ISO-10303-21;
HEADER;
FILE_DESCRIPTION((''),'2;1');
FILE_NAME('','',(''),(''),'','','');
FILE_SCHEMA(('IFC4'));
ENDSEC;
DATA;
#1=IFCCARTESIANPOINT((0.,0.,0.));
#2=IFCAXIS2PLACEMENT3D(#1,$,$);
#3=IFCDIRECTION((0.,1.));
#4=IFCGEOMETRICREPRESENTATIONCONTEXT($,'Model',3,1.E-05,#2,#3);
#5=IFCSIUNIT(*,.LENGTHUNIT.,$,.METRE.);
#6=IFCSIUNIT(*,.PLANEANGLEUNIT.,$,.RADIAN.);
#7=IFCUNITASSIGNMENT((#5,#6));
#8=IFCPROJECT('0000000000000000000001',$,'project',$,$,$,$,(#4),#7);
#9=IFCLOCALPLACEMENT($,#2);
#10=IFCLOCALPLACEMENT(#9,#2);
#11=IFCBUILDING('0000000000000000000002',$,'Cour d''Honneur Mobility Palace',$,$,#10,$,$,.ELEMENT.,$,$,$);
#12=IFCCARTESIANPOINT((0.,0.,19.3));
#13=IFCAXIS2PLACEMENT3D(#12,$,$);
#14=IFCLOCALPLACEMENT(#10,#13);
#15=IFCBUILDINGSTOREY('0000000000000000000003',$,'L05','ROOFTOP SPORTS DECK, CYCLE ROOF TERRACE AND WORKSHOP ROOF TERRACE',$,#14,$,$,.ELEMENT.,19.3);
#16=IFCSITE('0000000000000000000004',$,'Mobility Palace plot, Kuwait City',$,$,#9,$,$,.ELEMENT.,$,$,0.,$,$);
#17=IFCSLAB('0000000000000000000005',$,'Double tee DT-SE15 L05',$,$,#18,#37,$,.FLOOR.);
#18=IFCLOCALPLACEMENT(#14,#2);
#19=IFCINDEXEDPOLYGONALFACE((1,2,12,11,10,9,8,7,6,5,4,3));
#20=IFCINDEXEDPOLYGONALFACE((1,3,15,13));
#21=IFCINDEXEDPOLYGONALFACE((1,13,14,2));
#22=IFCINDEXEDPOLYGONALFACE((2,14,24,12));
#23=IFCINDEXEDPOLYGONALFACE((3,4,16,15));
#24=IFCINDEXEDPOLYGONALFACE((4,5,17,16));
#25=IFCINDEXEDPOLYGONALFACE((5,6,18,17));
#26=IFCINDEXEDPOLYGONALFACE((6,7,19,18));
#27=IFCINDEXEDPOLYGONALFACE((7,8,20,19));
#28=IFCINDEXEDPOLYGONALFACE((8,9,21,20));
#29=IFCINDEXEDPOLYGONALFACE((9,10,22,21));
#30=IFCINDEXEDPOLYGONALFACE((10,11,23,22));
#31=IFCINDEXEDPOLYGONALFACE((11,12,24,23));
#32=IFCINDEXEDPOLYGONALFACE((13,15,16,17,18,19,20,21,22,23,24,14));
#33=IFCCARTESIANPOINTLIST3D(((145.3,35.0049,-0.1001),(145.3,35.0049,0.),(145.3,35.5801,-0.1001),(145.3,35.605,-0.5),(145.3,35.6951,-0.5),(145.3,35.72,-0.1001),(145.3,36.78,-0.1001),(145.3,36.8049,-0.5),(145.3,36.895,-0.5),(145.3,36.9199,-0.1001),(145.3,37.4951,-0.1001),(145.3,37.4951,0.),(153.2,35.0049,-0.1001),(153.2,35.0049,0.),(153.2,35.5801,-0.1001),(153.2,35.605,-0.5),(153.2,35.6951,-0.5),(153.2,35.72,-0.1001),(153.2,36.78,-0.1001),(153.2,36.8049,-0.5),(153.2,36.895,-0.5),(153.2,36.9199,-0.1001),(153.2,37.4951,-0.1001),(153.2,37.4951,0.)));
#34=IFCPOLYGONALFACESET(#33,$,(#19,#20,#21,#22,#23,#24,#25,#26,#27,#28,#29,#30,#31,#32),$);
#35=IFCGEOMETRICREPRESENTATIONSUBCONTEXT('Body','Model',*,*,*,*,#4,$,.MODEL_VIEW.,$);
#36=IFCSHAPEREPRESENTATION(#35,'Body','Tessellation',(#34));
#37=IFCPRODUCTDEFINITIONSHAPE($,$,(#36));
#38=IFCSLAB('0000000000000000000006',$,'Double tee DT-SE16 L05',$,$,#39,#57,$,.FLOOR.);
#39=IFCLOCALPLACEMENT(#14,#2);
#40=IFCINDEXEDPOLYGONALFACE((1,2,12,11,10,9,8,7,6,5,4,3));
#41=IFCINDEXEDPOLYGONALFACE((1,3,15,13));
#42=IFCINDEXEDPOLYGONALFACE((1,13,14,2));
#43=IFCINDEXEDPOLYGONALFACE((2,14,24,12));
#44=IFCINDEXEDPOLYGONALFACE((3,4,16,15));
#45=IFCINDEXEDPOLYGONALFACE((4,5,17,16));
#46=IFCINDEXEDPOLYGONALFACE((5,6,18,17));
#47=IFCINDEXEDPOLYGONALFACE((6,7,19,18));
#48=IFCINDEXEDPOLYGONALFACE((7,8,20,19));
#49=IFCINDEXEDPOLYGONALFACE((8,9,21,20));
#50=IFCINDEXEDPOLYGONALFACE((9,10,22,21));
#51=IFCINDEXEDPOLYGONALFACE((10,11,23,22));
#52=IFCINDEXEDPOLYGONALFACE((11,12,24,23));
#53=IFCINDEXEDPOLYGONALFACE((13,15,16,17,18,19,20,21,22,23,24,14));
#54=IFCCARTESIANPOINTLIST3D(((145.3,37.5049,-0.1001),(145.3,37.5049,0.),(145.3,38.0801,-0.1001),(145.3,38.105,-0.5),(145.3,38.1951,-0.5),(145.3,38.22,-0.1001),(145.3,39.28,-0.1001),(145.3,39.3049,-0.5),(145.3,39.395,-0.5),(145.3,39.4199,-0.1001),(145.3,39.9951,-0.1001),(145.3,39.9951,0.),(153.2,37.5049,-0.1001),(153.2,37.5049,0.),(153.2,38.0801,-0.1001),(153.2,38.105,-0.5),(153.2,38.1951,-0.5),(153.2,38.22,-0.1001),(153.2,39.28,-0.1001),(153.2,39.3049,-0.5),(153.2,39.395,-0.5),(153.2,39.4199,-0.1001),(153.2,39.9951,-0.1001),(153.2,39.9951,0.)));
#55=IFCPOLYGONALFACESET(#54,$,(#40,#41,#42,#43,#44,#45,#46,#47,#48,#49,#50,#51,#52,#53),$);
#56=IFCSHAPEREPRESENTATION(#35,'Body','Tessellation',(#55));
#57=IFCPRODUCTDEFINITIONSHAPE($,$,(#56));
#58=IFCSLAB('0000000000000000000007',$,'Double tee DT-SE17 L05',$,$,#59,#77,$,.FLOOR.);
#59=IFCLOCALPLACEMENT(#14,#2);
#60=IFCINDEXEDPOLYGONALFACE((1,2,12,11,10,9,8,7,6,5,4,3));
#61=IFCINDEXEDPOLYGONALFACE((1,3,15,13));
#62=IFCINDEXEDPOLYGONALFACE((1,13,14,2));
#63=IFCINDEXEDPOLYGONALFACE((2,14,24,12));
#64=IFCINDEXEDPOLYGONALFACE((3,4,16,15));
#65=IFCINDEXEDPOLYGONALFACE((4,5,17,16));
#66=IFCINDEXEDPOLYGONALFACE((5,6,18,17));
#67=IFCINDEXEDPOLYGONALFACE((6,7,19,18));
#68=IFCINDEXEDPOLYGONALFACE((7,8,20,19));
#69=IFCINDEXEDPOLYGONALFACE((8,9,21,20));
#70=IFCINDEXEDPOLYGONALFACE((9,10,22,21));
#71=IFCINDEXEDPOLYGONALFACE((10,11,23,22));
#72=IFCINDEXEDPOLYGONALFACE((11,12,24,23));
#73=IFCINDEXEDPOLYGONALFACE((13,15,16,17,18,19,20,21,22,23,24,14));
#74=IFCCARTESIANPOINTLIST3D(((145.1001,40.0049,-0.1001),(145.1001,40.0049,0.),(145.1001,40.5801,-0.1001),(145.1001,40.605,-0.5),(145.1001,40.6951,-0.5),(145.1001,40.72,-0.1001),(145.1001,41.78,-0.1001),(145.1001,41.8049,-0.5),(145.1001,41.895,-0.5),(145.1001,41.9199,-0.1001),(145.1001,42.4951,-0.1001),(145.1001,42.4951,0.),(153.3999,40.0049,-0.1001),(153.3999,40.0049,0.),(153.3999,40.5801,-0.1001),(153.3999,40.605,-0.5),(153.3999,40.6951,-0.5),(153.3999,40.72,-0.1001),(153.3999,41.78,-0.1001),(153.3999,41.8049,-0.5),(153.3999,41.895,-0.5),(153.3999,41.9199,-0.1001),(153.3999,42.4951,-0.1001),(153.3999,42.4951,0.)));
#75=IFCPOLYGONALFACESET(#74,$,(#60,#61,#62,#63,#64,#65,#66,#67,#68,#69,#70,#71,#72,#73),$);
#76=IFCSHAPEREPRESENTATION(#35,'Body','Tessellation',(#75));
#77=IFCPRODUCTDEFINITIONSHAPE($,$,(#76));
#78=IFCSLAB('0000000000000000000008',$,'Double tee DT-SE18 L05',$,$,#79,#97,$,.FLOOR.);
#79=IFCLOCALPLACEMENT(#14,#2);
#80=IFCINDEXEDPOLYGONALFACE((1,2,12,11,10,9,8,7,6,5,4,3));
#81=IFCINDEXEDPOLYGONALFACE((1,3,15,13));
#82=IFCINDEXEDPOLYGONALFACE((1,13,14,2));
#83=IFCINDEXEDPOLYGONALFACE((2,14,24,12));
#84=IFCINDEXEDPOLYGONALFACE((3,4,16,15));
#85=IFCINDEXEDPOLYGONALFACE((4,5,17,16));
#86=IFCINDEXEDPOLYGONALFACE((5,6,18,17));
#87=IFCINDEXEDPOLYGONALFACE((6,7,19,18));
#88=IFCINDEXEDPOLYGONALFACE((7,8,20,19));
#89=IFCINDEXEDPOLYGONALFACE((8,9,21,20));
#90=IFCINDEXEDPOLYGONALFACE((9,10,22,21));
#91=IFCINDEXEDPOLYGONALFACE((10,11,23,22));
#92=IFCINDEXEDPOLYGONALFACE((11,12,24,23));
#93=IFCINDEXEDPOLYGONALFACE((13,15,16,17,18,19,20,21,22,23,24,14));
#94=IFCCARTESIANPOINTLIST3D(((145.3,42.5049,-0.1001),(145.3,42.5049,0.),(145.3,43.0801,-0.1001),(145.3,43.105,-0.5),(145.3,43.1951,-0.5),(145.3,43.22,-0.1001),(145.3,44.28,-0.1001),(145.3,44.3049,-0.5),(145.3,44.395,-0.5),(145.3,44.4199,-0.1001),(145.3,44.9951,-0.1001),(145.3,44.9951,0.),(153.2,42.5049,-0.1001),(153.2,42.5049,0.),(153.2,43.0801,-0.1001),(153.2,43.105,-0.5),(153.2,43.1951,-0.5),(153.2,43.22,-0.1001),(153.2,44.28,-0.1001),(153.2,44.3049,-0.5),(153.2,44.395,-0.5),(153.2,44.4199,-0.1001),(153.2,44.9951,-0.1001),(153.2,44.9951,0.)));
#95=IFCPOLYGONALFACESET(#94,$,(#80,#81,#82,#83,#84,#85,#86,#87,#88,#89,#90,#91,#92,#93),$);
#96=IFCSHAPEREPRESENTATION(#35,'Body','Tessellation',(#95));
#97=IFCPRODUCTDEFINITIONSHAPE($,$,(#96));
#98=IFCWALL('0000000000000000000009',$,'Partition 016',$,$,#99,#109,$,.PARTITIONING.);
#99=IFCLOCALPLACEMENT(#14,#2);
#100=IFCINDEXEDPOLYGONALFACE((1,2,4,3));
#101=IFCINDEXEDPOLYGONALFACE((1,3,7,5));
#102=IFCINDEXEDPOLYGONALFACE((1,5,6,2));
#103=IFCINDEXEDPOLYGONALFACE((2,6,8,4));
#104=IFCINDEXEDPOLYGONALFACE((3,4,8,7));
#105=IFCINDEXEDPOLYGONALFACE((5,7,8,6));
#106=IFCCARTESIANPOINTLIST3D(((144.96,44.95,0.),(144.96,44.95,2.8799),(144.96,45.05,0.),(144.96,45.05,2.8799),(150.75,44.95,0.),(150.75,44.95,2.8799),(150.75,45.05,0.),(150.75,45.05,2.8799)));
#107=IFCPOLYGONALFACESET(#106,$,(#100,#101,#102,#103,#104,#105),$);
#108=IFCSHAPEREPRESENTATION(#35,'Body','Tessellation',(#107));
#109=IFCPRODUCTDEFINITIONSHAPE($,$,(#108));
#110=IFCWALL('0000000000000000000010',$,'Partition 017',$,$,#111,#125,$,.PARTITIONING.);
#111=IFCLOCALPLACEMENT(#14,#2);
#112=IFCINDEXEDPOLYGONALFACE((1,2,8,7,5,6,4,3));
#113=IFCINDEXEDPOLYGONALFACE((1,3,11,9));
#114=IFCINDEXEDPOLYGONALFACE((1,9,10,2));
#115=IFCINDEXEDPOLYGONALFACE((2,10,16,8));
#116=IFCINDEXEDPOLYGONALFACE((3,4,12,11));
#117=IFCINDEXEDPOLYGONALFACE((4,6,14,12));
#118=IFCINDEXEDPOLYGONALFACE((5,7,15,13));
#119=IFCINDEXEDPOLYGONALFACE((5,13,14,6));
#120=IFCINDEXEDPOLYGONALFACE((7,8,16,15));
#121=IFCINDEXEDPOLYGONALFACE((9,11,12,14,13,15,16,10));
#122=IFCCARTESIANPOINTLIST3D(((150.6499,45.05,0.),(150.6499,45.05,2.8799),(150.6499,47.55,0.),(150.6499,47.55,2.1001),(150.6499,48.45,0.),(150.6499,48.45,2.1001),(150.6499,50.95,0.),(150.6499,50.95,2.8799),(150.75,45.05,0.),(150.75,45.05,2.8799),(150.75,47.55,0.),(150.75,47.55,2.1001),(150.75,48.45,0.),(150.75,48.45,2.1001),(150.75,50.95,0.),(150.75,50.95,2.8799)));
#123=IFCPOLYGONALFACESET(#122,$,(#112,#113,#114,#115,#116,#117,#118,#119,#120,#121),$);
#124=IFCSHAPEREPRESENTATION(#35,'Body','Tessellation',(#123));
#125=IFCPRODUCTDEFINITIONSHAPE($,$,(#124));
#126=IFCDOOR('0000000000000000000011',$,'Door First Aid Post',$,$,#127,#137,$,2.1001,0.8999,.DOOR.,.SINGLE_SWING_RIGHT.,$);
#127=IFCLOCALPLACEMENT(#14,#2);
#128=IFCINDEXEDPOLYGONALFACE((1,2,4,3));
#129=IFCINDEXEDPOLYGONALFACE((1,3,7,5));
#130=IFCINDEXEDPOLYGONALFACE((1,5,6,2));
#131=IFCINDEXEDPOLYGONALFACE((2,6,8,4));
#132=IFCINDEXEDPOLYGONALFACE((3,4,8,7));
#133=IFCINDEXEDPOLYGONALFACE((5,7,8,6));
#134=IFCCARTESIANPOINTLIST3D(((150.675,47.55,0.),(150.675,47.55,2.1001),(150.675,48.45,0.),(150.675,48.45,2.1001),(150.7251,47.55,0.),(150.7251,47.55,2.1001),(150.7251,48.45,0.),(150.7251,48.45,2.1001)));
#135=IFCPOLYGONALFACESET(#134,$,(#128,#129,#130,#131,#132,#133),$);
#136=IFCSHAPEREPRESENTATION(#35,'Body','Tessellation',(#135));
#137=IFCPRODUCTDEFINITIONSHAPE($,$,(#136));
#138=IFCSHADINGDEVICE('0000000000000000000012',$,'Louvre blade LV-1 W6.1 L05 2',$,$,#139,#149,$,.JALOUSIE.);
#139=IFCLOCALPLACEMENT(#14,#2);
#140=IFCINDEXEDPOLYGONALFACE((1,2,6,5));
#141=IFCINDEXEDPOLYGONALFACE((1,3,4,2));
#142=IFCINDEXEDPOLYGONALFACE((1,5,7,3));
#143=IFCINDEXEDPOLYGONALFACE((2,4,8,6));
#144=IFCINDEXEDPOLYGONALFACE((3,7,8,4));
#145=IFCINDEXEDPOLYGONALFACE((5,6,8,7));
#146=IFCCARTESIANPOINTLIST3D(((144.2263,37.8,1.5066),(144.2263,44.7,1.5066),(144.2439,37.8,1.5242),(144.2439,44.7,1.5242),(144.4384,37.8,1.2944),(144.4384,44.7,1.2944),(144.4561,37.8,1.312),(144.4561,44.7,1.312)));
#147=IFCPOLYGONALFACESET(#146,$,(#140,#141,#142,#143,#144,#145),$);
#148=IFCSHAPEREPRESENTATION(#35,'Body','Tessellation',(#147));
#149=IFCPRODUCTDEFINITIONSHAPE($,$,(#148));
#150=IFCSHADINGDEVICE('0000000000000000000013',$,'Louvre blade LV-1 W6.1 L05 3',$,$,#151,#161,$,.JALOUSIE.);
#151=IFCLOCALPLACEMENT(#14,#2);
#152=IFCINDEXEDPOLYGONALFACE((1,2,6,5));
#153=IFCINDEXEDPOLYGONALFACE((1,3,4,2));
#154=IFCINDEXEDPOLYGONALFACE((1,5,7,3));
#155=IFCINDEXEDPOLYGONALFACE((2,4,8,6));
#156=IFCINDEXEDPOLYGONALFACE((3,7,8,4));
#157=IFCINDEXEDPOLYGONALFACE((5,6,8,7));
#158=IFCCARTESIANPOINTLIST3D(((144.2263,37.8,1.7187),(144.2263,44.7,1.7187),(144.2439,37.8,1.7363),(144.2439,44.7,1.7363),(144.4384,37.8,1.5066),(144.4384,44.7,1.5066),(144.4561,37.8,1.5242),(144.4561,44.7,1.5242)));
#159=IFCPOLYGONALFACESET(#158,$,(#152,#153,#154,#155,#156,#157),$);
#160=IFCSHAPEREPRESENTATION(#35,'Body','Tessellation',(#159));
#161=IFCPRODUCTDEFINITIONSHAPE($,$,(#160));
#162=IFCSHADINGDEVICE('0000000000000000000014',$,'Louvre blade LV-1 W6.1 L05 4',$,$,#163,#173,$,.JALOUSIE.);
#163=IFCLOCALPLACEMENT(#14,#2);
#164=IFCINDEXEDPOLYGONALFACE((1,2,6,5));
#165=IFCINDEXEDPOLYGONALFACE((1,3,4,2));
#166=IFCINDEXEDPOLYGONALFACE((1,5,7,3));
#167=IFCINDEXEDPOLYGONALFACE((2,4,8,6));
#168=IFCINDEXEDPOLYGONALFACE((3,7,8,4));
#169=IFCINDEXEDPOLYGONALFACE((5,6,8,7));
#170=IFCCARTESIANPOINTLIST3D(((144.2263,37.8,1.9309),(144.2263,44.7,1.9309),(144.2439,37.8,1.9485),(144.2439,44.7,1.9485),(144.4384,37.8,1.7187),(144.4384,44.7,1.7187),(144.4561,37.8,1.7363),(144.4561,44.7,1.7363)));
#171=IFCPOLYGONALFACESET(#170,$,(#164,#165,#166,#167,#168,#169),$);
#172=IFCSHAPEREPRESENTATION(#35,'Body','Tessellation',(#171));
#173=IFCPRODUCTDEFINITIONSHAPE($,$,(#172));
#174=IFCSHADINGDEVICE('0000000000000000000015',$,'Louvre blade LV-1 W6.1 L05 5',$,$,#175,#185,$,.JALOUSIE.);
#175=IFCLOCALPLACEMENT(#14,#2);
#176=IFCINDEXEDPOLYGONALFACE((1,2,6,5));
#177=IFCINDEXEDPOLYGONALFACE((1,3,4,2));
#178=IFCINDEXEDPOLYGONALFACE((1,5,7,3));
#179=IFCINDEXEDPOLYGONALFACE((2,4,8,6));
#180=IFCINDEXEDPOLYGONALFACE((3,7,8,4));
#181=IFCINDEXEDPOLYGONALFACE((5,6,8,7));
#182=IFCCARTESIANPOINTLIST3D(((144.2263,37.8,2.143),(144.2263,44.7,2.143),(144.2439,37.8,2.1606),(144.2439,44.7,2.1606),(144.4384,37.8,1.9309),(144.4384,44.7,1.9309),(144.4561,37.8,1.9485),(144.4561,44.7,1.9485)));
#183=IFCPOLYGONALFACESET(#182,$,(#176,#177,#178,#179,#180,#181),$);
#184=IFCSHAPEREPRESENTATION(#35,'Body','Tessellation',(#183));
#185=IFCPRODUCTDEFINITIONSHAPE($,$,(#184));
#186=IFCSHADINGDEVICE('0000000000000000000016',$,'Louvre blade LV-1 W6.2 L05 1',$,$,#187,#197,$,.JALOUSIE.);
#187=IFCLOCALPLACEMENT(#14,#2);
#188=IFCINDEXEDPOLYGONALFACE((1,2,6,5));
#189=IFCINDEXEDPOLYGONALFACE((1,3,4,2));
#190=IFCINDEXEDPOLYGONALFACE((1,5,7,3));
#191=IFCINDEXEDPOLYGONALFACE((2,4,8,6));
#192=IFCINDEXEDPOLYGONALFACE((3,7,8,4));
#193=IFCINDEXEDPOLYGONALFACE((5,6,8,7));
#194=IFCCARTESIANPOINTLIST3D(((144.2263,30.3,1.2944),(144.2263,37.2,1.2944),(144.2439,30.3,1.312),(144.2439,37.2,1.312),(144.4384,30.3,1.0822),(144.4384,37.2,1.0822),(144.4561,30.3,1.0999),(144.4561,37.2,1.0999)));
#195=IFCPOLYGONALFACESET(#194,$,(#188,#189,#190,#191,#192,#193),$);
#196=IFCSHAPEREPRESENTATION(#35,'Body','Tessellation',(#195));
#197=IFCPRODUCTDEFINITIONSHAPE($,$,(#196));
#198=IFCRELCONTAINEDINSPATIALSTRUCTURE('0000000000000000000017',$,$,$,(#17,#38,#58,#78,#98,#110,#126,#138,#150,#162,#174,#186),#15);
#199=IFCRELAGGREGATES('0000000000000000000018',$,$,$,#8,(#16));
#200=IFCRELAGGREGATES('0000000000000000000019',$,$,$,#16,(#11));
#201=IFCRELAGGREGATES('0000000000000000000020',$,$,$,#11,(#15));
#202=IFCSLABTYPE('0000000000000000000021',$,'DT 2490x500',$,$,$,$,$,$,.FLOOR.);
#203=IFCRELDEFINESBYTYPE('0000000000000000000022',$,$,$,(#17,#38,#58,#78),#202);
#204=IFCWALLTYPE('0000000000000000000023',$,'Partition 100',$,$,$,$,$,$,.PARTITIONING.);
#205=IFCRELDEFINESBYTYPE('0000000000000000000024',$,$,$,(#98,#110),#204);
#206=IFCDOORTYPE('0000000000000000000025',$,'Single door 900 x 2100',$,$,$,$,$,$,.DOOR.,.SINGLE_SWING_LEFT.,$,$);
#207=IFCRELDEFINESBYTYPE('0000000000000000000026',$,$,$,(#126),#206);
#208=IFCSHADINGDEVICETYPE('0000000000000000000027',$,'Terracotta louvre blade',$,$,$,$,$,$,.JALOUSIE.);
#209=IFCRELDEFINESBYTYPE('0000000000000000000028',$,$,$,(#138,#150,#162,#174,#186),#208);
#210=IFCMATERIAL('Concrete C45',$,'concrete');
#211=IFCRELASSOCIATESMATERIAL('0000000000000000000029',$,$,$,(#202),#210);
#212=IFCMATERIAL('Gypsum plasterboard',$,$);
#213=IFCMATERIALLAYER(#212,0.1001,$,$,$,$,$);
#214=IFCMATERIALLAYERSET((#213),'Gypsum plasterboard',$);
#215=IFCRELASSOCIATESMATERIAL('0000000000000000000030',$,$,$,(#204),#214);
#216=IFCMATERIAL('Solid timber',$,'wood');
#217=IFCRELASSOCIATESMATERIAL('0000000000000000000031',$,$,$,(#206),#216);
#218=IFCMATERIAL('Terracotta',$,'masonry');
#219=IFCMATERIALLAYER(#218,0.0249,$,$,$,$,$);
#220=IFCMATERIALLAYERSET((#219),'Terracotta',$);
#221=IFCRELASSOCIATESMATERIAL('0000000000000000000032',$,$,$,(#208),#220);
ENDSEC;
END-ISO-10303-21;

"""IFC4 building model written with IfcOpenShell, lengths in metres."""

from ifc_helpers import new_model, si_unit, direction, frame, frame_2d, origin, place, context, subcontext, project, spatial, polyline, rectangle, outline, extrude, material, layer, layer_set, material_profile, profile_set, type_object, element, fill, save


model = new_model("IFC4")

# Units and contexts
model_context = context("Model", 3, precision=1e-05, world=origin(), true_north=direction((0.0, 1.0)))
body_context = subcontext(model_context, "Body", "Model", "MODEL_VIEW")
ifc_project = project(units=[si_unit("LENGTHUNIT", "METRE"), si_unit("PLANEANGLEUNIT", "RADIAN")], contexts=[model_context])

# Site, building, storey
site_placement = place(None, origin())
site = spatial("IfcSite", under=ifc_project, at=site_placement, Name="Mobility Palace plot, Kuwait City", CompositionType="ELEMENT", RefElevation=0.0)
building_placement = place(site_placement, origin())
building = spatial("IfcBuilding", under=site, at=building_placement, Name="Cour d'Honneur Mobility Palace", CompositionType="ELEMENT")
storey_placement = place(building_placement, frame((0.0, 0.0, 19.3)))
storey = spatial("IfcBuildingStorey", under=building, at=storey_placement, Name="L05", Description="ROOFTOP SPORTS DECK, CYCLE ROOF TERRACE AND WORKSHOP ROOF TERRACE", CompositionType="ELEMENT", Elevation=19.3)

# Slabs
ifc_material_1 = material(Name="Concrete C45", Category="concrete")
ifc_material_profile_1 = material_profile(ifc_material_1, outline(polyline([(-1.2451, 0.0), (1.2451, 0.0), (1.2451, -0.1001), (0.6699, -0.1001), (0.645, -0.5), (0.5549, -0.5), (0.53, -0.1001), (-0.53, -0.1001), (-0.5549, -0.5), (-0.645, -0.5), (-0.6699, -0.1001), (-1.2451, -0.1001), (-1.2451, 0.0)])), Name="DT 2490x500")
ifc_profile_set_1 = profile_set([ifc_material_profile_1], Name="Concrete C45")
slab_type = type_object("IfcSlabType", Name="DT 2490x500", PredefinedType="FLOOR", material=ifc_profile_set_1)
for number, where, z_axis, x_axis, name in (
    (1, (145.3, 36.25, 0.0), (1.0, 0.0, 0.0), (0.0, 1.0, 0.0), "Double tee DT-SE15 L05"),
    (2, (145.3, 38.75, 0.0), (1.0, 0.0, 0.0), (0.0, 1.0, 0.0), "Double tee DT-SE16 L05"),
):
    element("IfcSlab", number, at=place(storey_placement, frame(where, z_axis=z_axis, x_axis=x_axis)), inside=storey, type_object=slab_type, Name=name, PredefinedType="FLOOR", context=body_context, shape_type="SweptSolid", body=[
        extrude(outline(polyline([(-1.2451, 0.0), (1.2451, 0.0), (1.2451, -0.1001), (0.6699, -0.1001), (0.645, -0.5), (0.5549, -0.5), (0.53, -0.1001), (-0.53, -0.1001), (-0.5549, -0.5), (-0.645, -0.5), (-0.6699, -0.1001), (-1.2451, -0.1001), (-1.2451, 0.0)])), origin(), (0.0, 0.0, 1.0), 7.8999),
    ])
slab_1_placement = place(storey_placement, frame((145.1001, 41.25, 0.0), z_axis=(1.0, 0.0, 0.0), x_axis=(0.0, 1.0, 0.0)))
element("IfcSlab", 3, at=slab_1_placement, inside=storey, type_object=slab_type, Name="Double tee DT-SE17 L05", PredefinedType="FLOOR", context=body_context, shape_type="SweptSolid", body=[
    extrude(outline(polyline([(-1.2451, 0.0), (1.2451, 0.0), (1.2451, -0.1001), (0.6699, -0.1001), (0.645, -0.5), (0.5549, -0.5), (0.53, -0.1001), (-0.53, -0.1001), (-0.5549, -0.5), (-0.645, -0.5), (-0.6699, -0.1001), (-1.2451, -0.1001), (-1.2451, 0.0)])), origin(), (0.0, 0.0, 1.0), 8.2998),
])
slab_2_placement = place(storey_placement, frame((145.3, 43.75, 0.0), z_axis=(1.0, 0.0, 0.0), x_axis=(0.0, 1.0, 0.0)))
element("IfcSlab", 4, at=slab_2_placement, inside=storey, type_object=slab_type, Name="Double tee DT-SE18 L05", PredefinedType="FLOOR", context=body_context, shape_type="SweptSolid", body=[
    extrude(outline(polyline([(-1.2451, 0.0), (1.2451, 0.0), (1.2451, -0.1001), (0.6699, -0.1001), (0.645, -0.5), (0.5549, -0.5), (0.53, -0.1001), (-0.53, -0.1001), (-0.5549, -0.5), (-0.645, -0.5), (-0.6699, -0.1001), (-1.2451, -0.1001), (-1.2451, 0.0)])), origin(), (0.0, 0.0, 1.0), 7.8999),
])

# Wall
ifc_material_2 = material(Name="Gypsum plasterboard")
ifc_layer_1 = layer(ifc_material_2, 0.1001)
ifc_layer_set_1 = layer_set([ifc_layer_1], Name="Gypsum plasterboard")
wall_type = type_object("IfcWallType", Name="Partition 100", PredefinedType="PARTITIONING", material=ifc_layer_set_1)
wall_1_placement = place(storey_placement, frame((144.96, 45.0, 0.0), z_axis=(0.0, 0.0, 1.0), x_axis=(1.0, 0.0, 0.0)))
element("IfcWall", 5, at=wall_1_placement, inside=storey, type_object=wall_type, Name="Partition 016", PredefinedType="PARTITIONING", context=body_context, shape_type="SweptSolid", body=[
    extrude(rectangle(XDim=5.79, YDim=0.1001, at=frame_2d((2.895, 0.0))), origin(), (0.0, 0.0, 1.0), 2.8799),
])

# Wall, opening, door
wall_2_placement = place(storey_placement, frame((150.7, 45.05, 0.0), z_axis=(0.0, 0.0, 1.0), x_axis=(0.0, 1.0, 0.0)))
wall_2 = element("IfcWall", 6, at=wall_2_placement, inside=storey, type_object=wall_type, Name="Partition 017", PredefinedType="PARTITIONING", context=body_context, shape_type="SweptSolid", body=[
    extrude(rectangle(XDim=5.8999, YDim=0.1001, at=frame_2d((2.95, 0.0))), origin(), (0.0, 0.0, 1.0), 2.8799),
])
opening_placement = place(wall_2_placement, frame((2.5, 0.0, 0.0)))
opening = element("IfcOpeningElement", 7, at=opening_placement, cuts=wall_2, PredefinedType="OPENING", context=body_context, shape_type="SweptSolid", body=[
    extrude(rectangle(XDim=0.8999, YDim=2.1001, at=frame_2d((0.45, 1.05))), frame((0.0, 0.0601, 0.0), z_axis=(0.0, -1.0, 0.0), x_axis=(1.0, 0.0, 0.0)), (0.0, 0.0, 1.0), 0.1201),
])
ifc_material_3 = material(Name="Solid timber", Category="wood")
door_type = type_object("IfcDoorType", Name="Single door 900 x 2100", OperationType="SINGLE_SWING_LEFT", PredefinedType="DOOR", material=ifc_material_3)
door_placement = place(opening_placement, origin())
door = element("IfcDoor", 8, at=door_placement, inside=storey, type_object=door_type, Name="Door First Aid Post", OperationType="SINGLE_SWING_RIGHT", OverallHeight=2.1001, OverallWidth=0.8999, PredefinedType="DOOR", context=body_context, shape_type="SweptSolid", body=[
    extrude(rectangle(XDim=0.8999, YDim=2.1001, at=frame_2d((0.45, 1.05))), frame((0.0, 0.0249, 0.0), z_axis=(0.0, -1.0, 0.0), x_axis=(1.0, 0.0, 0.0)), (0.0, 0.0, 1.0), 0.05),
])
fill(opening, door)

# Shading devices
ifc_material_4 = material(Name="Terracotta", Category="masonry")
ifc_layer_2 = layer(ifc_material_4, 0.0249)
ifc_layer_set_2 = layer_set([ifc_layer_2], Name="Terracotta")
shading_device_type = type_object("IfcShadingDeviceType", Name="Terracotta louvre blade", PredefinedType="JALOUSIE", material=ifc_layer_set_2)
for number, where, z_axis, x_axis, name in (
    (9, (144.4561, 44.7, 1.312), (0.707107, 0.0, 0.707107), (0.0, -1.0, 0.0), "Louvre blade LV-1 W6.1 L05 2"),
    (10, (144.4561, 44.7, 1.5242), (0.707107, 0.0, 0.707107), (0.0, -1.0, 0.0), "Louvre blade LV-1 W6.1 L05 3"),
    (11, (144.4561, 44.7, 1.7363), (0.707107, 0.0, 0.707107), (0.0, -1.0, 0.0), "Louvre blade LV-1 W6.1 L05 4"),
    (12, (144.4561, 44.7, 1.9485), (0.707107, 0.0, 0.707107), (0.0, -1.0, 0.0), "Louvre blade LV-1 W6.1 L05 5"),
    (13, (144.4561, 37.2, 1.0999), (0.707107, 0.0, 0.707107), (0.0, -1.0, 0.0), "Louvre blade LV-1 W6.2 L05 1"),
):
    element("IfcShadingDevice", number, at=place(storey_placement, frame(where, z_axis=z_axis, x_axis=x_axis)), inside=storey, type_object=shading_device_type, Name=name, PredefinedType="JALOUSIE", context=body_context, shape_type="SweptSolid", body=[
        extrude(outline(polyline([(0.0, 0.0), (6.8999, 0.0), (6.8999, -0.3), (0.0, -0.3), (0.0, 0.0)])), origin(), (0.0, 0.0, -1.0), 0.0249),
    ])

save(model, "model.ifc")
